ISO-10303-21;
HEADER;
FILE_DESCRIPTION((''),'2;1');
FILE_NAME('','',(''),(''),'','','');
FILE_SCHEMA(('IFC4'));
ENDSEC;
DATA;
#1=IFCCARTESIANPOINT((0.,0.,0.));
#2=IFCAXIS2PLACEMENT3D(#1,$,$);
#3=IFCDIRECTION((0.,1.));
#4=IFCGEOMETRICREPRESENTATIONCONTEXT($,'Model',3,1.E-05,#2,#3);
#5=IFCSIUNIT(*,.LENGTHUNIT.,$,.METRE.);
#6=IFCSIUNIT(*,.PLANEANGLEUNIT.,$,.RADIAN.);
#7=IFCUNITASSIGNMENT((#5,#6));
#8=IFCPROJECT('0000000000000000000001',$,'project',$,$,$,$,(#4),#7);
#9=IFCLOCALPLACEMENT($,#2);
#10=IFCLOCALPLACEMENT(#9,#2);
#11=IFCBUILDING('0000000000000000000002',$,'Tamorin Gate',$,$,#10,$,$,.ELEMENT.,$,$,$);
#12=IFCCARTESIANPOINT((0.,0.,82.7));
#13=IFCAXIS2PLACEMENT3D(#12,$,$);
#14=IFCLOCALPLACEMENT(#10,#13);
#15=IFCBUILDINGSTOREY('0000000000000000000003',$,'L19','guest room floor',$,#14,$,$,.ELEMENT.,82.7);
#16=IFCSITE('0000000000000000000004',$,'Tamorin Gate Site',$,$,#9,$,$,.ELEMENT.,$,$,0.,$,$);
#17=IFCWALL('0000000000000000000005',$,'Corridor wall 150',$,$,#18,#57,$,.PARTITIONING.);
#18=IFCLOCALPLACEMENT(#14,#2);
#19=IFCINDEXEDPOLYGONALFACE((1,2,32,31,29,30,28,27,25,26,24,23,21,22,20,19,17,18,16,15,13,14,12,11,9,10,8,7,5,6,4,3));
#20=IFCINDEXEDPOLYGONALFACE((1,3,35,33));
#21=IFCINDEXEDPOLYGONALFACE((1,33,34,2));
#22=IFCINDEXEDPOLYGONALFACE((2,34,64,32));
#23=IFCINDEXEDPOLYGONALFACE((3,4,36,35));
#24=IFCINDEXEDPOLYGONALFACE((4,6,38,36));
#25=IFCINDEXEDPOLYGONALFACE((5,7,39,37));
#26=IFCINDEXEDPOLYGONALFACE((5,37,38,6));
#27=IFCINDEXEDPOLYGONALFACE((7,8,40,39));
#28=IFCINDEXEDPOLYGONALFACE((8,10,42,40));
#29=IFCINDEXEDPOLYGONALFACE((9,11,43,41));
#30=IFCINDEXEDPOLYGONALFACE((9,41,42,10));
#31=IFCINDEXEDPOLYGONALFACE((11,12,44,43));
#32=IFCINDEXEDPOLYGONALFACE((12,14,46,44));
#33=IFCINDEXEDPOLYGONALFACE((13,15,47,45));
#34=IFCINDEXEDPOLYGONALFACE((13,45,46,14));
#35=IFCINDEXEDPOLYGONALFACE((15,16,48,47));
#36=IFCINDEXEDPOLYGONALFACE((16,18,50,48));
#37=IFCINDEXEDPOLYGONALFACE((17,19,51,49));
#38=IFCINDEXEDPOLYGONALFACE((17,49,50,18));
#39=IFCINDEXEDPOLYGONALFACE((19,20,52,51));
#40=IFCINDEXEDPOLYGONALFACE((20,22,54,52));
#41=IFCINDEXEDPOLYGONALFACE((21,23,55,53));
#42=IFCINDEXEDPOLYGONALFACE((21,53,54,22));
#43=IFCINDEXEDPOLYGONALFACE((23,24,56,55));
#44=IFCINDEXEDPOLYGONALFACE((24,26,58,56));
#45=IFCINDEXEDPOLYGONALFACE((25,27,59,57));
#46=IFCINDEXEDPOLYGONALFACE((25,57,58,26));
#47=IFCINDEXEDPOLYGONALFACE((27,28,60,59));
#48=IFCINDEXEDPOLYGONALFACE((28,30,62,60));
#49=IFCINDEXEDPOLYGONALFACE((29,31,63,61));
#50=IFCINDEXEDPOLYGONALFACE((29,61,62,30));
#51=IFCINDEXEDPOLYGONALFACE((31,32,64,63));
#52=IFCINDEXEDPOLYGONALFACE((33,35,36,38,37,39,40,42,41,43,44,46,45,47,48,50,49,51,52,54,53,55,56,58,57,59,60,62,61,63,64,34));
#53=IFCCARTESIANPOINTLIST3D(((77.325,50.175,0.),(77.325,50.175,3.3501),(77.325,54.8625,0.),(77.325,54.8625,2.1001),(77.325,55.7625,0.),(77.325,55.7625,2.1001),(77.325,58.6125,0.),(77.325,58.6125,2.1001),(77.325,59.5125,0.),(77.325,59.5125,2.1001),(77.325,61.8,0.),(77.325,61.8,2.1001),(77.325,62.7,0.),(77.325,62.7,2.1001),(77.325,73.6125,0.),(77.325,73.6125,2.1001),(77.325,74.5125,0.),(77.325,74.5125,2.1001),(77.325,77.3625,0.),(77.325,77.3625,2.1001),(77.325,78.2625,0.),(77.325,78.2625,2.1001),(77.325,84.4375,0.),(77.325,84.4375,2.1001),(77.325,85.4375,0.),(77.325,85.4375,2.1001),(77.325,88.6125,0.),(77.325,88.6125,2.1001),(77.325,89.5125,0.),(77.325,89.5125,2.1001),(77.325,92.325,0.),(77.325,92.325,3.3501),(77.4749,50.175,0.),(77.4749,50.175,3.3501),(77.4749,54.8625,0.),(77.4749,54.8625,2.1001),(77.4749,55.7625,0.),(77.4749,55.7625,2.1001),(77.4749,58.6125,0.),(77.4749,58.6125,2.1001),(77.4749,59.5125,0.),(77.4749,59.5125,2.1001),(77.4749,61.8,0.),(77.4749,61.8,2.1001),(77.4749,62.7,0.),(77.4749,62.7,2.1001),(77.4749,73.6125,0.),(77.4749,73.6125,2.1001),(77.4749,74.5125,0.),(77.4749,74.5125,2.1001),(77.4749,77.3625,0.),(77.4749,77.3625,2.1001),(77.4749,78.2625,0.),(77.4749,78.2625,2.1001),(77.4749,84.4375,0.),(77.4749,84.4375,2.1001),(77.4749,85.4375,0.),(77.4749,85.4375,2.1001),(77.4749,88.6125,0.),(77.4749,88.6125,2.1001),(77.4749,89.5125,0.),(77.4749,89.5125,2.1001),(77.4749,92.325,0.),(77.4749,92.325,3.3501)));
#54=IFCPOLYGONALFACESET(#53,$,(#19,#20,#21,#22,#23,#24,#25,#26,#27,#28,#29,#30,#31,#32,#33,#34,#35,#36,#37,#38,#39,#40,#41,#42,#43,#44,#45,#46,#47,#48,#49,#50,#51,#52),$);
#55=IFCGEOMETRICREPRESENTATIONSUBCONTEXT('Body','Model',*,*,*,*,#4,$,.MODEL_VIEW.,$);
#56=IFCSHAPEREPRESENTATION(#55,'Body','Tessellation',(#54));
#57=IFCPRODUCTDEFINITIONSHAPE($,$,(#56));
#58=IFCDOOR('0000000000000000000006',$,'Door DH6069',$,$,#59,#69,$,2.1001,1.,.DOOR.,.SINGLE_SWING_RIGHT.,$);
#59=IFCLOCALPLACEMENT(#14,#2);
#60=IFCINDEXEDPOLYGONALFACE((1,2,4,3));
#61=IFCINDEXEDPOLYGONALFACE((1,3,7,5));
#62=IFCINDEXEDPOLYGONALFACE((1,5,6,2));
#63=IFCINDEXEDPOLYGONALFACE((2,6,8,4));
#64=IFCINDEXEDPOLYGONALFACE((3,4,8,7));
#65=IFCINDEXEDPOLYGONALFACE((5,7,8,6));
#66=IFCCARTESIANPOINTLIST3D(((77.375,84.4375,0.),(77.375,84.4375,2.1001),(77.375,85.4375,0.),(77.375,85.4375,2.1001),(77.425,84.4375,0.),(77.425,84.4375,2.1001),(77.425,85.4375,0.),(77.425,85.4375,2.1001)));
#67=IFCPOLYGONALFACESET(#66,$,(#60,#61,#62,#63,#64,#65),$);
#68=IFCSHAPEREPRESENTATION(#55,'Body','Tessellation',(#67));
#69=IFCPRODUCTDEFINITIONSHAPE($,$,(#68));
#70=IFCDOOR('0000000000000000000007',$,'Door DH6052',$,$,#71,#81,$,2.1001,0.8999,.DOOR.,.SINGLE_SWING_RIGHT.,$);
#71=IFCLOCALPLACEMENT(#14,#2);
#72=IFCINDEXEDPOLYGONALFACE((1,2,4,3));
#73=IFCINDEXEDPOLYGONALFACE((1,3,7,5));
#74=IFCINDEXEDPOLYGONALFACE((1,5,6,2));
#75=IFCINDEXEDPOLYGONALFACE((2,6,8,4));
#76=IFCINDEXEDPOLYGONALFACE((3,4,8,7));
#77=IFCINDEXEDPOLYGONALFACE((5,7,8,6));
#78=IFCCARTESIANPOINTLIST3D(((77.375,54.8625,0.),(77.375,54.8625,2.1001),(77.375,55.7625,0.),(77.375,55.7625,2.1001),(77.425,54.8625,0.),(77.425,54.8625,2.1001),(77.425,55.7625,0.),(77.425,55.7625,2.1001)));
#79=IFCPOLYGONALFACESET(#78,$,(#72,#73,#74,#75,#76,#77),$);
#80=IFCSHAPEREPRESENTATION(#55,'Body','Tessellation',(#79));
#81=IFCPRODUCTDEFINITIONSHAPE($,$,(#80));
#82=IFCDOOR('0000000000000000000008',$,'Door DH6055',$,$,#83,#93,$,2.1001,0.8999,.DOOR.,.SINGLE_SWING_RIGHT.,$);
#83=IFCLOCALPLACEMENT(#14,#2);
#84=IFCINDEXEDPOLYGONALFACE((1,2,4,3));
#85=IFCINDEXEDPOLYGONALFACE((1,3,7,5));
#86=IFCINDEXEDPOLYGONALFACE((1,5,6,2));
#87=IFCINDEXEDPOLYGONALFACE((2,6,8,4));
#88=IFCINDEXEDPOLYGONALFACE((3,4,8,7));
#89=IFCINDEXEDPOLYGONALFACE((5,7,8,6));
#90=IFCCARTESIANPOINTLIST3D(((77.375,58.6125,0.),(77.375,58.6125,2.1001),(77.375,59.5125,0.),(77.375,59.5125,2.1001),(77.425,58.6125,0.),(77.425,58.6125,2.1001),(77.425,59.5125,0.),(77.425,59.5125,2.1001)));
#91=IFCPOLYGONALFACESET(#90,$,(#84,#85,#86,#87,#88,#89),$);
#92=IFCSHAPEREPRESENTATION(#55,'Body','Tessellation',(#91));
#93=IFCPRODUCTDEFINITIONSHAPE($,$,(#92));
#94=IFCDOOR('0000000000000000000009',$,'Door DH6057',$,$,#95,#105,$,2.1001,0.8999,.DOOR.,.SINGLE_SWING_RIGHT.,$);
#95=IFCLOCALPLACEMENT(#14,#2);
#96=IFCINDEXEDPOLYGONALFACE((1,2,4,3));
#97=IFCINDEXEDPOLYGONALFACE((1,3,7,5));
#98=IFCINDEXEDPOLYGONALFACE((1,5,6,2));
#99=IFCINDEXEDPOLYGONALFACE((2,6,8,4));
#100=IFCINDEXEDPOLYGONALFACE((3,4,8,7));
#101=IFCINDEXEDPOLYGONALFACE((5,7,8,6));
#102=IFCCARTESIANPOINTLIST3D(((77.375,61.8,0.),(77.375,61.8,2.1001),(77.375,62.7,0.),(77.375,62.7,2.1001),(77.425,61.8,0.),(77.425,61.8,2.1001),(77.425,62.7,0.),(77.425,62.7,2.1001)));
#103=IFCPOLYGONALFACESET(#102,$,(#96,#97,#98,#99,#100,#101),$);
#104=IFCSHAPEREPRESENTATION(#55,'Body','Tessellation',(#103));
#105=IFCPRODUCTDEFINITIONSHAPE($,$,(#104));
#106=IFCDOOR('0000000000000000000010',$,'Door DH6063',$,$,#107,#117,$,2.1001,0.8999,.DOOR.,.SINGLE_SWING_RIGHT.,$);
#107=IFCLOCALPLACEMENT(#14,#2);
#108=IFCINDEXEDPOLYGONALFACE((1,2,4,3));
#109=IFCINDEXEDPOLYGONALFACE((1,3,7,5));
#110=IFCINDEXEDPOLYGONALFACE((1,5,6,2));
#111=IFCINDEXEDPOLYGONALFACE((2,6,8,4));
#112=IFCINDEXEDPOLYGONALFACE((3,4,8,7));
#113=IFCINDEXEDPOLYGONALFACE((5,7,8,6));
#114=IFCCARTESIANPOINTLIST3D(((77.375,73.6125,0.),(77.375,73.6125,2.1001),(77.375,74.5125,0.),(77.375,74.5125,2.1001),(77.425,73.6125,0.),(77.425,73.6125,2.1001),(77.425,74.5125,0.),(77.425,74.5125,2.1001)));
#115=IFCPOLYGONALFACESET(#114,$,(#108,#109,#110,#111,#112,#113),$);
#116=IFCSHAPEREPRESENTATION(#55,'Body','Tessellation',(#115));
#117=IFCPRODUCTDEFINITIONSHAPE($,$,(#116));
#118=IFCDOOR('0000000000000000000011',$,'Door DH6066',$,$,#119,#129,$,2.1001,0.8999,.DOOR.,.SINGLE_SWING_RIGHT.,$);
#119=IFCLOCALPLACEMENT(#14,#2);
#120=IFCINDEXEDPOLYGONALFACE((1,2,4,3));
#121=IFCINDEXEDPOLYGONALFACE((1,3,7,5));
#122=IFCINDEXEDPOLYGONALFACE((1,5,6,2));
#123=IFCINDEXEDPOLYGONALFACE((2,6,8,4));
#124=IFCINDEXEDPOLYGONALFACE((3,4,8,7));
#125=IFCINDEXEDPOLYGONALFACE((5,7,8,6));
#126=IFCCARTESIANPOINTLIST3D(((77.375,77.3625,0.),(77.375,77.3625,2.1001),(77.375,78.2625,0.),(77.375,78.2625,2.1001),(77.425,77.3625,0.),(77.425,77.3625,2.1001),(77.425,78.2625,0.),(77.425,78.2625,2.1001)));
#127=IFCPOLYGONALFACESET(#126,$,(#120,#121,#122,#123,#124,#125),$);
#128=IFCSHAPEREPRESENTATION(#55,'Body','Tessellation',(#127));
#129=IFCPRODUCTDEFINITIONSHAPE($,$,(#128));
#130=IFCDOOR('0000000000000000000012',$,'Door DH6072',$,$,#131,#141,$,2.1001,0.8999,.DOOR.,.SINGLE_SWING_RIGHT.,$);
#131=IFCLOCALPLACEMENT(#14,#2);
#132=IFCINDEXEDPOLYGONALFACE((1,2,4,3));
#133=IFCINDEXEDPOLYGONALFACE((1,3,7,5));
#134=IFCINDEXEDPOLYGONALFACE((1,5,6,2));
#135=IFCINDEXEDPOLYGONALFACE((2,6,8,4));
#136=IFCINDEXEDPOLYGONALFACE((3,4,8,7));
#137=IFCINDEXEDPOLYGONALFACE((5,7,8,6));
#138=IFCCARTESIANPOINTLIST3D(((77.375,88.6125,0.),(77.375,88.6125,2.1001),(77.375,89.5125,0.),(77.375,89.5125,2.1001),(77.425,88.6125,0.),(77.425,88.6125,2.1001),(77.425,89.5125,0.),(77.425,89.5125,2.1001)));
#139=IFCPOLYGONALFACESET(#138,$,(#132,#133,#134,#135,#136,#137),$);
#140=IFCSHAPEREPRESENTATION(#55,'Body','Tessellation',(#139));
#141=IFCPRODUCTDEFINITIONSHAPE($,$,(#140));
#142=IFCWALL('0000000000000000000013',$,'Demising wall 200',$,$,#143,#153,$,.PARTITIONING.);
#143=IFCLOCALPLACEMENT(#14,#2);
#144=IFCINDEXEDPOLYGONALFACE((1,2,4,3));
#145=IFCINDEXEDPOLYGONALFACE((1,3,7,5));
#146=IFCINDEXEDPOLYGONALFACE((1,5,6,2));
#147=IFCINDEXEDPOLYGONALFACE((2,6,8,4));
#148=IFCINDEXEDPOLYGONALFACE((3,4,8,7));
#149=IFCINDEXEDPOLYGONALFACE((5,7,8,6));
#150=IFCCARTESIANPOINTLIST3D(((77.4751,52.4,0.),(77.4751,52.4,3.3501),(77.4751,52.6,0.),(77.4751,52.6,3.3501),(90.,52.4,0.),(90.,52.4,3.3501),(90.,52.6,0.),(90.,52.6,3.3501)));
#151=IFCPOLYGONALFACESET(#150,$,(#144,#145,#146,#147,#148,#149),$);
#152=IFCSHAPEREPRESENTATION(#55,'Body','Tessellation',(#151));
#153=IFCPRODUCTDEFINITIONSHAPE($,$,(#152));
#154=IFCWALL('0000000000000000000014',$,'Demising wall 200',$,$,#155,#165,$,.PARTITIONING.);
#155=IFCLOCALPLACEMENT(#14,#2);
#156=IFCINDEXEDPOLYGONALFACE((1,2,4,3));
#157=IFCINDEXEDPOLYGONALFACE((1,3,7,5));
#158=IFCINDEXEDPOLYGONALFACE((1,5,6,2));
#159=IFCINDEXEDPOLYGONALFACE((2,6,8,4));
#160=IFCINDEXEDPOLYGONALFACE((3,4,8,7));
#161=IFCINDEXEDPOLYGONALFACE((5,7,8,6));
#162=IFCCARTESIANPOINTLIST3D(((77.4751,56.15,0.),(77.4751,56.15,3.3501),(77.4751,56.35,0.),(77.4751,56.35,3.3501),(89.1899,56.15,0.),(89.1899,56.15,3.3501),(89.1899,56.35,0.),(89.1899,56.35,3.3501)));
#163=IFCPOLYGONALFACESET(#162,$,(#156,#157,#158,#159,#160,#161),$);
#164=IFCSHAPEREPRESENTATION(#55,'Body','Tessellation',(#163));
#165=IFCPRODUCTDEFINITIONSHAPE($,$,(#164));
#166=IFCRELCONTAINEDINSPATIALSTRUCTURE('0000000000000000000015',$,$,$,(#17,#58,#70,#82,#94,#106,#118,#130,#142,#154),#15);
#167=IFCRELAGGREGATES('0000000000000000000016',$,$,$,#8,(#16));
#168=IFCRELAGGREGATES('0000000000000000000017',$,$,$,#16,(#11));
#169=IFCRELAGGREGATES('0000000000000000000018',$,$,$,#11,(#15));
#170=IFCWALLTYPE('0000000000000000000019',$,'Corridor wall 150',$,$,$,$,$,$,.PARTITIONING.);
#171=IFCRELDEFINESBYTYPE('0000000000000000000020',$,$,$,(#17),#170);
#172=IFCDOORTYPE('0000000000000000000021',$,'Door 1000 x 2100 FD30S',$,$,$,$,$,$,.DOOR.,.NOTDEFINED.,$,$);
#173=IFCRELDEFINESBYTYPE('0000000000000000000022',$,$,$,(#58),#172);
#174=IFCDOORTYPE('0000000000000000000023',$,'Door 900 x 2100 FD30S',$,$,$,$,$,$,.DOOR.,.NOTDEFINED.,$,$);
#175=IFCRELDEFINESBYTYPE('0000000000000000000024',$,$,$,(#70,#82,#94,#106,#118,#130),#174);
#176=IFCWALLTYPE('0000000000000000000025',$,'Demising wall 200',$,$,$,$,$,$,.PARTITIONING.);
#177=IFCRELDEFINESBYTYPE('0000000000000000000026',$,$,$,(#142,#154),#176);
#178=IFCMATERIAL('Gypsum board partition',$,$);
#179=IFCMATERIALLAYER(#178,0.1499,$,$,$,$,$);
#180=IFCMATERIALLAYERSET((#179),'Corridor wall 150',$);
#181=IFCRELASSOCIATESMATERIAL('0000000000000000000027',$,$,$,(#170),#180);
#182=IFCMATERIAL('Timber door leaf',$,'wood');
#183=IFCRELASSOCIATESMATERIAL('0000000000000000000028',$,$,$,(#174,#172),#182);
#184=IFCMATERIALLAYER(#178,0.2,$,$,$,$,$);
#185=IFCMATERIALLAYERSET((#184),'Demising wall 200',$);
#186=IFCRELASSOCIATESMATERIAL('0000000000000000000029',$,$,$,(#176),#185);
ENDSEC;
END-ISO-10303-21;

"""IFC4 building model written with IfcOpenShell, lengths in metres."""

from ifc_helpers import new_model, si_unit, direction, frame, frame_2d, origin, place, context, subcontext, project, spatial, rectangle, extrude, material, layer, layer_set, type_object, element, fill, save


model = new_model("IFC4")

# Units and contexts
model_context = context("Model", 3, precision=1e-05, world=origin(), true_north=direction((0.0, 1.0)))
body_context = subcontext(model_context, "Body", "Model", "MODEL_VIEW")
ifc_project = project(units=[si_unit("LENGTHUNIT", "METRE"), si_unit("PLANEANGLEUNIT", "RADIAN")], contexts=[model_context])

# Site, building, storey
site_placement = place(None, origin())
site = spatial("IfcSite", under=ifc_project, at=site_placement, Name="Tamorin Gate Site", CompositionType="ELEMENT", RefElevation=0.0)
building_placement = place(site_placement, origin())
building = spatial("IfcBuilding", under=site, at=building_placement, Name="Tamorin Gate", CompositionType="ELEMENT")
storey_placement = place(building_placement, frame((0.0, 0.0, 82.7)))
storey = spatial("IfcBuildingStorey", under=building, at=storey_placement, Name="L19", Description="guest room floor", CompositionType="ELEMENT", Elevation=82.7)

# Shared definitions
ifc_material_1 = material(Name="Gypsum board partition")
ifc_layer_1 = layer(ifc_material_1, 0.1499)
ifc_layer_set_1 = layer_set([ifc_layer_1], Name="Corridor wall 150")
wall_type_1 = type_object("IfcWallType", Name="Corridor wall 150", PredefinedType="PARTITIONING", material=ifc_layer_set_1)
ifc_material_2 = material(Name="Timber door leaf", Category="wood")
door_type_1 = type_object("IfcDoorType", Name="Door 900 x 2100 FD30S", OperationType="NOTDEFINED", PredefinedType="DOOR", material=ifc_material_2)

# Wall, openings, doors
wall_1_placement = place(storey_placement, frame((77.3999, 50.175, 0.0), z_axis=(0.0, 0.0, 1.0), x_axis=(0.0, 1.0, 0.0)))
wall_1 = element("IfcWall", 1, at=wall_1_placement, inside=storey, type_object=wall_type_1, Name="Corridor wall 150", PredefinedType="PARTITIONING", context=body_context, shape_type="SweptSolid", body=[
    extrude(rectangle(XDim=42.1499, YDim=0.1499, at=frame_2d((21.075, 0.0))), origin(), (0.0, 0.0, 1.0), 3.3501),
])
opening_1_placement = place(wall_1_placement, frame((4.6875, 0.0, 0.0)))
opening_1 = element("IfcOpeningElement", 2, at=opening_1_placement, cuts=wall_1, PredefinedType="OPENING", context=body_context, shape_type="SweptSolid", body=[
    extrude(rectangle(XDim=0.8999, YDim=2.1001, at=frame_2d((0.45, 1.05))), frame((0.0, 0.085, 0.0), z_axis=(0.0, -1.0, 0.0), x_axis=(1.0, 0.0, 0.0)), (0.0, 0.0, 1.0), 0.1699),
])
opening_2_placement = place(wall_1_placement, frame((8.4375, 0.0, 0.0)))
opening_2 = element("IfcOpeningElement", 3, at=opening_2_placement, cuts=wall_1, PredefinedType="OPENING", context=body_context, shape_type="SweptSolid", body=[
    extrude(rectangle(XDim=0.8999, YDim=2.1001, at=frame_2d((0.45, 1.05))), frame((0.0, 0.085, 0.0), z_axis=(0.0, -1.0, 0.0), x_axis=(1.0, 0.0, 0.0)), (0.0, 0.0, 1.0), 0.1699),
])
opening_3_placement = place(wall_1_placement, frame((11.625, 0.0, 0.0)))
opening_3 = element("IfcOpeningElement", 4, at=opening_3_placement, cuts=wall_1, PredefinedType="OPENING", context=body_context, shape_type="SweptSolid", body=[
    extrude(rectangle(XDim=0.8999, YDim=2.1001, at=frame_2d((0.45, 1.05))), frame((0.0, 0.085, 0.0), z_axis=(0.0, -1.0, 0.0), x_axis=(1.0, 0.0, 0.0)), (0.0, 0.0, 1.0), 0.1699),
])
opening_4_placement = place(wall_1_placement, frame((23.4375, 0.0, 0.0)))
opening_4 = element("IfcOpeningElement", 5, at=opening_4_placement, cuts=wall_1, PredefinedType="OPENING", context=body_context, shape_type="SweptSolid", body=[
    extrude(rectangle(XDim=0.8999, YDim=2.1001, at=frame_2d((0.45, 1.05))), frame((0.0, 0.085, 0.0), z_axis=(0.0, -1.0, 0.0), x_axis=(1.0, 0.0, 0.0)), (0.0, 0.0, 1.0), 0.1699),
])
opening_5_placement = place(wall_1_placement, frame((27.1875, 0.0, 0.0)))
opening_5 = element("IfcOpeningElement", 6, at=opening_5_placement, cuts=wall_1, PredefinedType="OPENING", context=body_context, shape_type="SweptSolid", body=[
    extrude(rectangle(XDim=0.8999, YDim=2.1001, at=frame_2d((0.45, 1.05))), frame((0.0, 0.085, 0.0), z_axis=(0.0, -1.0, 0.0), x_axis=(1.0, 0.0, 0.0)), (0.0, 0.0, 1.0), 0.1699),
])
opening_6_placement = place(wall_1_placement, frame((34.2625, 0.0, 0.0)))
opening_6 = element("IfcOpeningElement", 7, at=opening_6_placement, cuts=wall_1, PredefinedType="OPENING", context=body_context, shape_type="SweptSolid", body=[
    extrude(rectangle(XDim=1.0, YDim=2.1001, at=frame_2d((0.5, 1.05))), frame((0.0, 0.085, 0.0), z_axis=(0.0, -1.0, 0.0), x_axis=(1.0, 0.0, 0.0)), (0.0, 0.0, 1.0), 0.1699),
])
opening_7_placement = place(wall_1_placement, frame((38.4375, 0.0, 0.0)))
opening_7 = element("IfcOpeningElement", 8, at=opening_7_placement, cuts=wall_1, PredefinedType="OPENING", context=body_context, shape_type="SweptSolid", body=[
    extrude(rectangle(XDim=0.8999, YDim=2.1001, at=frame_2d((0.45, 1.05))), frame((0.0, 0.085, 0.0), z_axis=(0.0, -1.0, 0.0), x_axis=(1.0, 0.0, 0.0)), (0.0, 0.0, 1.0), 0.1699),
])
door_type_2 = type_object("IfcDoorType", Name="Door 1000 x 2100 FD30S", OperationType="NOTDEFINED", PredefinedType="DOOR", material=ifc_material_2)
door_1_placement = place(opening_6_placement, origin())
door_1 = element("IfcDoor", 9, at=door_1_placement, inside=storey, type_object=door_type_2, Name="Door DH6069", OperationType="SINGLE_SWING_RIGHT", OverallHeight=2.1001, OverallWidth=1.0, PredefinedType="DOOR", context=body_context, shape_type="SweptSolid", body=[
    extrude(rectangle(XDim=1.0, YDim=2.1001, at=frame_2d((0.5, 1.05))), frame((0.0, 0.0249, 0.0), z_axis=(0.0, -1.0, 0.0), x_axis=(1.0, 0.0, 0.0)), (0.0, 0.0, 1.0), 0.05),
])
fill(opening_6, door_1)
door_2_placement = place(opening_1_placement, origin())
door_2 = element("IfcDoor", 10, at=door_2_placement, inside=storey, type_object=door_type_1, Name="Door DH6052", OperationType="SINGLE_SWING_RIGHT", OverallHeight=2.1001, OverallWidth=0.8999, PredefinedType="DOOR", context=body_context, shape_type="SweptSolid", body=[
    extrude(rectangle(XDim=0.8999, YDim=2.1001, at=frame_2d((0.45, 1.05))), frame((0.0, 0.0249, 0.0), z_axis=(0.0, -1.0, 0.0), x_axis=(1.0, 0.0, 0.0)), (0.0, 0.0, 1.0), 0.05),
])
fill(opening_1, door_2)
door_3_placement = place(opening_2_placement, origin())
door_3 = element("IfcDoor", 11, at=door_3_placement, inside=storey, type_object=door_type_1, Name="Door DH6055", OperationType="SINGLE_SWING_RIGHT", OverallHeight=2.1001, OverallWidth=0.8999, PredefinedType="DOOR", context=body_context, shape_type="SweptSolid", body=[
    extrude(rectangle(XDim=0.8999, YDim=2.1001, at=frame_2d((0.45, 1.05))), frame((0.0, 0.0249, 0.0), z_axis=(0.0, -1.0, 0.0), x_axis=(1.0, 0.0, 0.0)), (0.0, 0.0, 1.0), 0.05),
])
fill(opening_2, door_3)
door_4_placement = place(opening_3_placement, origin())
door_4 = element("IfcDoor", 12, at=door_4_placement, inside=storey, type_object=door_type_1, Name="Door DH6057", OperationType="SINGLE_SWING_RIGHT", OverallHeight=2.1001, OverallWidth=0.8999, PredefinedType="DOOR", context=body_context, shape_type="SweptSolid", body=[
    extrude(rectangle(XDim=0.8999, YDim=2.1001, at=frame_2d((0.45, 1.05))), frame((0.0, 0.0249, 0.0), z_axis=(0.0, -1.0, 0.0), x_axis=(1.0, 0.0, 0.0)), (0.0, 0.0, 1.0), 0.05),
])
fill(opening_3, door_4)
door_5_placement = place(opening_4_placement, origin())
door_5 = element("IfcDoor", 13, at=door_5_placement, inside=storey, type_object=door_type_1, Name="Door DH6063", OperationType="SINGLE_SWING_RIGHT", OverallHeight=2.1001, OverallWidth=0.8999, PredefinedType="DOOR", context=body_context, shape_type="SweptSolid", body=[
    extrude(rectangle(XDim=0.8999, YDim=2.1001, at=frame_2d((0.45, 1.05))), frame((0.0, 0.0249, 0.0), z_axis=(0.0, -1.0, 0.0), x_axis=(1.0, 0.0, 0.0)), (0.0, 0.0, 1.0), 0.05),
])
fill(opening_4, door_5)
door_6_placement = place(opening_5_placement, origin())
door_6 = element("IfcDoor", 14, at=door_6_placement, inside=storey, type_object=door_type_1, Name="Door DH6066", OperationType="SINGLE_SWING_RIGHT", OverallHeight=2.1001, OverallWidth=0.8999, PredefinedType="DOOR", context=body_context, shape_type="SweptSolid", body=[
    extrude(rectangle(XDim=0.8999, YDim=2.1001, at=frame_2d((0.45, 1.05))), frame((0.0, 0.0249, 0.0), z_axis=(0.0, -1.0, 0.0), x_axis=(1.0, 0.0, 0.0)), (0.0, 0.0, 1.0), 0.05),
])
fill(opening_5, door_6)
door_7_placement = place(opening_7_placement, origin())
door_7 = element("IfcDoor", 15, at=door_7_placement, inside=storey, type_object=door_type_1, Name="Door DH6072", OperationType="SINGLE_SWING_RIGHT", OverallHeight=2.1001, OverallWidth=0.8999, PredefinedType="DOOR", context=body_context, shape_type="SweptSolid", body=[
    extrude(rectangle(XDim=0.8999, YDim=2.1001, at=frame_2d((0.45, 1.05))), frame((0.0, 0.0249, 0.0), z_axis=(0.0, -1.0, 0.0), x_axis=(1.0, 0.0, 0.0)), (0.0, 0.0, 1.0), 0.05),
])
fill(opening_7, door_7)

# Walls
ifc_layer_2 = layer(ifc_material_1, 0.2)
ifc_layer_set_2 = layer_set([ifc_layer_2], Name="Demising wall 200")
wall_type_2 = type_object("IfcWallType", Name="Demising wall 200", PredefinedType="PARTITIONING", material=ifc_layer_set_2)
wall_2_placement = place(storey_placement, frame((77.4751, 52.5, 0.0), z_axis=(0.0, 0.0, 1.0), x_axis=(1.0, 0.0, 0.0)))
element("IfcWall", 16, at=wall_2_placement, inside=storey, type_object=wall_type_2, Name="Demising wall 200", PredefinedType="PARTITIONING", context=body_context, shape_type="SweptSolid", body=[
    extrude(rectangle(XDim=12.5249, YDim=0.2, at=frame_2d((6.2625, 0.0))), origin(), (0.0, 0.0, 1.0), 3.3501),
])
wall_3_placement = place(storey_placement, frame((77.4751, 56.25, 0.0), z_axis=(0.0, 0.0, 1.0), x_axis=(1.0, 0.0, 0.0)))
element("IfcWall", 17, at=wall_3_placement, inside=storey, type_object=wall_type_2, Name="Demising wall 200", PredefinedType="PARTITIONING", context=body_context, shape_type="SweptSolid", body=[
    extrude(rectangle(XDim=11.7148, YDim=0.2, at=frame_2d((5.8574, 0.0))), origin(), (0.0, 0.0, 1.0), 3.3501),
])

save(model, "model.ifc")
